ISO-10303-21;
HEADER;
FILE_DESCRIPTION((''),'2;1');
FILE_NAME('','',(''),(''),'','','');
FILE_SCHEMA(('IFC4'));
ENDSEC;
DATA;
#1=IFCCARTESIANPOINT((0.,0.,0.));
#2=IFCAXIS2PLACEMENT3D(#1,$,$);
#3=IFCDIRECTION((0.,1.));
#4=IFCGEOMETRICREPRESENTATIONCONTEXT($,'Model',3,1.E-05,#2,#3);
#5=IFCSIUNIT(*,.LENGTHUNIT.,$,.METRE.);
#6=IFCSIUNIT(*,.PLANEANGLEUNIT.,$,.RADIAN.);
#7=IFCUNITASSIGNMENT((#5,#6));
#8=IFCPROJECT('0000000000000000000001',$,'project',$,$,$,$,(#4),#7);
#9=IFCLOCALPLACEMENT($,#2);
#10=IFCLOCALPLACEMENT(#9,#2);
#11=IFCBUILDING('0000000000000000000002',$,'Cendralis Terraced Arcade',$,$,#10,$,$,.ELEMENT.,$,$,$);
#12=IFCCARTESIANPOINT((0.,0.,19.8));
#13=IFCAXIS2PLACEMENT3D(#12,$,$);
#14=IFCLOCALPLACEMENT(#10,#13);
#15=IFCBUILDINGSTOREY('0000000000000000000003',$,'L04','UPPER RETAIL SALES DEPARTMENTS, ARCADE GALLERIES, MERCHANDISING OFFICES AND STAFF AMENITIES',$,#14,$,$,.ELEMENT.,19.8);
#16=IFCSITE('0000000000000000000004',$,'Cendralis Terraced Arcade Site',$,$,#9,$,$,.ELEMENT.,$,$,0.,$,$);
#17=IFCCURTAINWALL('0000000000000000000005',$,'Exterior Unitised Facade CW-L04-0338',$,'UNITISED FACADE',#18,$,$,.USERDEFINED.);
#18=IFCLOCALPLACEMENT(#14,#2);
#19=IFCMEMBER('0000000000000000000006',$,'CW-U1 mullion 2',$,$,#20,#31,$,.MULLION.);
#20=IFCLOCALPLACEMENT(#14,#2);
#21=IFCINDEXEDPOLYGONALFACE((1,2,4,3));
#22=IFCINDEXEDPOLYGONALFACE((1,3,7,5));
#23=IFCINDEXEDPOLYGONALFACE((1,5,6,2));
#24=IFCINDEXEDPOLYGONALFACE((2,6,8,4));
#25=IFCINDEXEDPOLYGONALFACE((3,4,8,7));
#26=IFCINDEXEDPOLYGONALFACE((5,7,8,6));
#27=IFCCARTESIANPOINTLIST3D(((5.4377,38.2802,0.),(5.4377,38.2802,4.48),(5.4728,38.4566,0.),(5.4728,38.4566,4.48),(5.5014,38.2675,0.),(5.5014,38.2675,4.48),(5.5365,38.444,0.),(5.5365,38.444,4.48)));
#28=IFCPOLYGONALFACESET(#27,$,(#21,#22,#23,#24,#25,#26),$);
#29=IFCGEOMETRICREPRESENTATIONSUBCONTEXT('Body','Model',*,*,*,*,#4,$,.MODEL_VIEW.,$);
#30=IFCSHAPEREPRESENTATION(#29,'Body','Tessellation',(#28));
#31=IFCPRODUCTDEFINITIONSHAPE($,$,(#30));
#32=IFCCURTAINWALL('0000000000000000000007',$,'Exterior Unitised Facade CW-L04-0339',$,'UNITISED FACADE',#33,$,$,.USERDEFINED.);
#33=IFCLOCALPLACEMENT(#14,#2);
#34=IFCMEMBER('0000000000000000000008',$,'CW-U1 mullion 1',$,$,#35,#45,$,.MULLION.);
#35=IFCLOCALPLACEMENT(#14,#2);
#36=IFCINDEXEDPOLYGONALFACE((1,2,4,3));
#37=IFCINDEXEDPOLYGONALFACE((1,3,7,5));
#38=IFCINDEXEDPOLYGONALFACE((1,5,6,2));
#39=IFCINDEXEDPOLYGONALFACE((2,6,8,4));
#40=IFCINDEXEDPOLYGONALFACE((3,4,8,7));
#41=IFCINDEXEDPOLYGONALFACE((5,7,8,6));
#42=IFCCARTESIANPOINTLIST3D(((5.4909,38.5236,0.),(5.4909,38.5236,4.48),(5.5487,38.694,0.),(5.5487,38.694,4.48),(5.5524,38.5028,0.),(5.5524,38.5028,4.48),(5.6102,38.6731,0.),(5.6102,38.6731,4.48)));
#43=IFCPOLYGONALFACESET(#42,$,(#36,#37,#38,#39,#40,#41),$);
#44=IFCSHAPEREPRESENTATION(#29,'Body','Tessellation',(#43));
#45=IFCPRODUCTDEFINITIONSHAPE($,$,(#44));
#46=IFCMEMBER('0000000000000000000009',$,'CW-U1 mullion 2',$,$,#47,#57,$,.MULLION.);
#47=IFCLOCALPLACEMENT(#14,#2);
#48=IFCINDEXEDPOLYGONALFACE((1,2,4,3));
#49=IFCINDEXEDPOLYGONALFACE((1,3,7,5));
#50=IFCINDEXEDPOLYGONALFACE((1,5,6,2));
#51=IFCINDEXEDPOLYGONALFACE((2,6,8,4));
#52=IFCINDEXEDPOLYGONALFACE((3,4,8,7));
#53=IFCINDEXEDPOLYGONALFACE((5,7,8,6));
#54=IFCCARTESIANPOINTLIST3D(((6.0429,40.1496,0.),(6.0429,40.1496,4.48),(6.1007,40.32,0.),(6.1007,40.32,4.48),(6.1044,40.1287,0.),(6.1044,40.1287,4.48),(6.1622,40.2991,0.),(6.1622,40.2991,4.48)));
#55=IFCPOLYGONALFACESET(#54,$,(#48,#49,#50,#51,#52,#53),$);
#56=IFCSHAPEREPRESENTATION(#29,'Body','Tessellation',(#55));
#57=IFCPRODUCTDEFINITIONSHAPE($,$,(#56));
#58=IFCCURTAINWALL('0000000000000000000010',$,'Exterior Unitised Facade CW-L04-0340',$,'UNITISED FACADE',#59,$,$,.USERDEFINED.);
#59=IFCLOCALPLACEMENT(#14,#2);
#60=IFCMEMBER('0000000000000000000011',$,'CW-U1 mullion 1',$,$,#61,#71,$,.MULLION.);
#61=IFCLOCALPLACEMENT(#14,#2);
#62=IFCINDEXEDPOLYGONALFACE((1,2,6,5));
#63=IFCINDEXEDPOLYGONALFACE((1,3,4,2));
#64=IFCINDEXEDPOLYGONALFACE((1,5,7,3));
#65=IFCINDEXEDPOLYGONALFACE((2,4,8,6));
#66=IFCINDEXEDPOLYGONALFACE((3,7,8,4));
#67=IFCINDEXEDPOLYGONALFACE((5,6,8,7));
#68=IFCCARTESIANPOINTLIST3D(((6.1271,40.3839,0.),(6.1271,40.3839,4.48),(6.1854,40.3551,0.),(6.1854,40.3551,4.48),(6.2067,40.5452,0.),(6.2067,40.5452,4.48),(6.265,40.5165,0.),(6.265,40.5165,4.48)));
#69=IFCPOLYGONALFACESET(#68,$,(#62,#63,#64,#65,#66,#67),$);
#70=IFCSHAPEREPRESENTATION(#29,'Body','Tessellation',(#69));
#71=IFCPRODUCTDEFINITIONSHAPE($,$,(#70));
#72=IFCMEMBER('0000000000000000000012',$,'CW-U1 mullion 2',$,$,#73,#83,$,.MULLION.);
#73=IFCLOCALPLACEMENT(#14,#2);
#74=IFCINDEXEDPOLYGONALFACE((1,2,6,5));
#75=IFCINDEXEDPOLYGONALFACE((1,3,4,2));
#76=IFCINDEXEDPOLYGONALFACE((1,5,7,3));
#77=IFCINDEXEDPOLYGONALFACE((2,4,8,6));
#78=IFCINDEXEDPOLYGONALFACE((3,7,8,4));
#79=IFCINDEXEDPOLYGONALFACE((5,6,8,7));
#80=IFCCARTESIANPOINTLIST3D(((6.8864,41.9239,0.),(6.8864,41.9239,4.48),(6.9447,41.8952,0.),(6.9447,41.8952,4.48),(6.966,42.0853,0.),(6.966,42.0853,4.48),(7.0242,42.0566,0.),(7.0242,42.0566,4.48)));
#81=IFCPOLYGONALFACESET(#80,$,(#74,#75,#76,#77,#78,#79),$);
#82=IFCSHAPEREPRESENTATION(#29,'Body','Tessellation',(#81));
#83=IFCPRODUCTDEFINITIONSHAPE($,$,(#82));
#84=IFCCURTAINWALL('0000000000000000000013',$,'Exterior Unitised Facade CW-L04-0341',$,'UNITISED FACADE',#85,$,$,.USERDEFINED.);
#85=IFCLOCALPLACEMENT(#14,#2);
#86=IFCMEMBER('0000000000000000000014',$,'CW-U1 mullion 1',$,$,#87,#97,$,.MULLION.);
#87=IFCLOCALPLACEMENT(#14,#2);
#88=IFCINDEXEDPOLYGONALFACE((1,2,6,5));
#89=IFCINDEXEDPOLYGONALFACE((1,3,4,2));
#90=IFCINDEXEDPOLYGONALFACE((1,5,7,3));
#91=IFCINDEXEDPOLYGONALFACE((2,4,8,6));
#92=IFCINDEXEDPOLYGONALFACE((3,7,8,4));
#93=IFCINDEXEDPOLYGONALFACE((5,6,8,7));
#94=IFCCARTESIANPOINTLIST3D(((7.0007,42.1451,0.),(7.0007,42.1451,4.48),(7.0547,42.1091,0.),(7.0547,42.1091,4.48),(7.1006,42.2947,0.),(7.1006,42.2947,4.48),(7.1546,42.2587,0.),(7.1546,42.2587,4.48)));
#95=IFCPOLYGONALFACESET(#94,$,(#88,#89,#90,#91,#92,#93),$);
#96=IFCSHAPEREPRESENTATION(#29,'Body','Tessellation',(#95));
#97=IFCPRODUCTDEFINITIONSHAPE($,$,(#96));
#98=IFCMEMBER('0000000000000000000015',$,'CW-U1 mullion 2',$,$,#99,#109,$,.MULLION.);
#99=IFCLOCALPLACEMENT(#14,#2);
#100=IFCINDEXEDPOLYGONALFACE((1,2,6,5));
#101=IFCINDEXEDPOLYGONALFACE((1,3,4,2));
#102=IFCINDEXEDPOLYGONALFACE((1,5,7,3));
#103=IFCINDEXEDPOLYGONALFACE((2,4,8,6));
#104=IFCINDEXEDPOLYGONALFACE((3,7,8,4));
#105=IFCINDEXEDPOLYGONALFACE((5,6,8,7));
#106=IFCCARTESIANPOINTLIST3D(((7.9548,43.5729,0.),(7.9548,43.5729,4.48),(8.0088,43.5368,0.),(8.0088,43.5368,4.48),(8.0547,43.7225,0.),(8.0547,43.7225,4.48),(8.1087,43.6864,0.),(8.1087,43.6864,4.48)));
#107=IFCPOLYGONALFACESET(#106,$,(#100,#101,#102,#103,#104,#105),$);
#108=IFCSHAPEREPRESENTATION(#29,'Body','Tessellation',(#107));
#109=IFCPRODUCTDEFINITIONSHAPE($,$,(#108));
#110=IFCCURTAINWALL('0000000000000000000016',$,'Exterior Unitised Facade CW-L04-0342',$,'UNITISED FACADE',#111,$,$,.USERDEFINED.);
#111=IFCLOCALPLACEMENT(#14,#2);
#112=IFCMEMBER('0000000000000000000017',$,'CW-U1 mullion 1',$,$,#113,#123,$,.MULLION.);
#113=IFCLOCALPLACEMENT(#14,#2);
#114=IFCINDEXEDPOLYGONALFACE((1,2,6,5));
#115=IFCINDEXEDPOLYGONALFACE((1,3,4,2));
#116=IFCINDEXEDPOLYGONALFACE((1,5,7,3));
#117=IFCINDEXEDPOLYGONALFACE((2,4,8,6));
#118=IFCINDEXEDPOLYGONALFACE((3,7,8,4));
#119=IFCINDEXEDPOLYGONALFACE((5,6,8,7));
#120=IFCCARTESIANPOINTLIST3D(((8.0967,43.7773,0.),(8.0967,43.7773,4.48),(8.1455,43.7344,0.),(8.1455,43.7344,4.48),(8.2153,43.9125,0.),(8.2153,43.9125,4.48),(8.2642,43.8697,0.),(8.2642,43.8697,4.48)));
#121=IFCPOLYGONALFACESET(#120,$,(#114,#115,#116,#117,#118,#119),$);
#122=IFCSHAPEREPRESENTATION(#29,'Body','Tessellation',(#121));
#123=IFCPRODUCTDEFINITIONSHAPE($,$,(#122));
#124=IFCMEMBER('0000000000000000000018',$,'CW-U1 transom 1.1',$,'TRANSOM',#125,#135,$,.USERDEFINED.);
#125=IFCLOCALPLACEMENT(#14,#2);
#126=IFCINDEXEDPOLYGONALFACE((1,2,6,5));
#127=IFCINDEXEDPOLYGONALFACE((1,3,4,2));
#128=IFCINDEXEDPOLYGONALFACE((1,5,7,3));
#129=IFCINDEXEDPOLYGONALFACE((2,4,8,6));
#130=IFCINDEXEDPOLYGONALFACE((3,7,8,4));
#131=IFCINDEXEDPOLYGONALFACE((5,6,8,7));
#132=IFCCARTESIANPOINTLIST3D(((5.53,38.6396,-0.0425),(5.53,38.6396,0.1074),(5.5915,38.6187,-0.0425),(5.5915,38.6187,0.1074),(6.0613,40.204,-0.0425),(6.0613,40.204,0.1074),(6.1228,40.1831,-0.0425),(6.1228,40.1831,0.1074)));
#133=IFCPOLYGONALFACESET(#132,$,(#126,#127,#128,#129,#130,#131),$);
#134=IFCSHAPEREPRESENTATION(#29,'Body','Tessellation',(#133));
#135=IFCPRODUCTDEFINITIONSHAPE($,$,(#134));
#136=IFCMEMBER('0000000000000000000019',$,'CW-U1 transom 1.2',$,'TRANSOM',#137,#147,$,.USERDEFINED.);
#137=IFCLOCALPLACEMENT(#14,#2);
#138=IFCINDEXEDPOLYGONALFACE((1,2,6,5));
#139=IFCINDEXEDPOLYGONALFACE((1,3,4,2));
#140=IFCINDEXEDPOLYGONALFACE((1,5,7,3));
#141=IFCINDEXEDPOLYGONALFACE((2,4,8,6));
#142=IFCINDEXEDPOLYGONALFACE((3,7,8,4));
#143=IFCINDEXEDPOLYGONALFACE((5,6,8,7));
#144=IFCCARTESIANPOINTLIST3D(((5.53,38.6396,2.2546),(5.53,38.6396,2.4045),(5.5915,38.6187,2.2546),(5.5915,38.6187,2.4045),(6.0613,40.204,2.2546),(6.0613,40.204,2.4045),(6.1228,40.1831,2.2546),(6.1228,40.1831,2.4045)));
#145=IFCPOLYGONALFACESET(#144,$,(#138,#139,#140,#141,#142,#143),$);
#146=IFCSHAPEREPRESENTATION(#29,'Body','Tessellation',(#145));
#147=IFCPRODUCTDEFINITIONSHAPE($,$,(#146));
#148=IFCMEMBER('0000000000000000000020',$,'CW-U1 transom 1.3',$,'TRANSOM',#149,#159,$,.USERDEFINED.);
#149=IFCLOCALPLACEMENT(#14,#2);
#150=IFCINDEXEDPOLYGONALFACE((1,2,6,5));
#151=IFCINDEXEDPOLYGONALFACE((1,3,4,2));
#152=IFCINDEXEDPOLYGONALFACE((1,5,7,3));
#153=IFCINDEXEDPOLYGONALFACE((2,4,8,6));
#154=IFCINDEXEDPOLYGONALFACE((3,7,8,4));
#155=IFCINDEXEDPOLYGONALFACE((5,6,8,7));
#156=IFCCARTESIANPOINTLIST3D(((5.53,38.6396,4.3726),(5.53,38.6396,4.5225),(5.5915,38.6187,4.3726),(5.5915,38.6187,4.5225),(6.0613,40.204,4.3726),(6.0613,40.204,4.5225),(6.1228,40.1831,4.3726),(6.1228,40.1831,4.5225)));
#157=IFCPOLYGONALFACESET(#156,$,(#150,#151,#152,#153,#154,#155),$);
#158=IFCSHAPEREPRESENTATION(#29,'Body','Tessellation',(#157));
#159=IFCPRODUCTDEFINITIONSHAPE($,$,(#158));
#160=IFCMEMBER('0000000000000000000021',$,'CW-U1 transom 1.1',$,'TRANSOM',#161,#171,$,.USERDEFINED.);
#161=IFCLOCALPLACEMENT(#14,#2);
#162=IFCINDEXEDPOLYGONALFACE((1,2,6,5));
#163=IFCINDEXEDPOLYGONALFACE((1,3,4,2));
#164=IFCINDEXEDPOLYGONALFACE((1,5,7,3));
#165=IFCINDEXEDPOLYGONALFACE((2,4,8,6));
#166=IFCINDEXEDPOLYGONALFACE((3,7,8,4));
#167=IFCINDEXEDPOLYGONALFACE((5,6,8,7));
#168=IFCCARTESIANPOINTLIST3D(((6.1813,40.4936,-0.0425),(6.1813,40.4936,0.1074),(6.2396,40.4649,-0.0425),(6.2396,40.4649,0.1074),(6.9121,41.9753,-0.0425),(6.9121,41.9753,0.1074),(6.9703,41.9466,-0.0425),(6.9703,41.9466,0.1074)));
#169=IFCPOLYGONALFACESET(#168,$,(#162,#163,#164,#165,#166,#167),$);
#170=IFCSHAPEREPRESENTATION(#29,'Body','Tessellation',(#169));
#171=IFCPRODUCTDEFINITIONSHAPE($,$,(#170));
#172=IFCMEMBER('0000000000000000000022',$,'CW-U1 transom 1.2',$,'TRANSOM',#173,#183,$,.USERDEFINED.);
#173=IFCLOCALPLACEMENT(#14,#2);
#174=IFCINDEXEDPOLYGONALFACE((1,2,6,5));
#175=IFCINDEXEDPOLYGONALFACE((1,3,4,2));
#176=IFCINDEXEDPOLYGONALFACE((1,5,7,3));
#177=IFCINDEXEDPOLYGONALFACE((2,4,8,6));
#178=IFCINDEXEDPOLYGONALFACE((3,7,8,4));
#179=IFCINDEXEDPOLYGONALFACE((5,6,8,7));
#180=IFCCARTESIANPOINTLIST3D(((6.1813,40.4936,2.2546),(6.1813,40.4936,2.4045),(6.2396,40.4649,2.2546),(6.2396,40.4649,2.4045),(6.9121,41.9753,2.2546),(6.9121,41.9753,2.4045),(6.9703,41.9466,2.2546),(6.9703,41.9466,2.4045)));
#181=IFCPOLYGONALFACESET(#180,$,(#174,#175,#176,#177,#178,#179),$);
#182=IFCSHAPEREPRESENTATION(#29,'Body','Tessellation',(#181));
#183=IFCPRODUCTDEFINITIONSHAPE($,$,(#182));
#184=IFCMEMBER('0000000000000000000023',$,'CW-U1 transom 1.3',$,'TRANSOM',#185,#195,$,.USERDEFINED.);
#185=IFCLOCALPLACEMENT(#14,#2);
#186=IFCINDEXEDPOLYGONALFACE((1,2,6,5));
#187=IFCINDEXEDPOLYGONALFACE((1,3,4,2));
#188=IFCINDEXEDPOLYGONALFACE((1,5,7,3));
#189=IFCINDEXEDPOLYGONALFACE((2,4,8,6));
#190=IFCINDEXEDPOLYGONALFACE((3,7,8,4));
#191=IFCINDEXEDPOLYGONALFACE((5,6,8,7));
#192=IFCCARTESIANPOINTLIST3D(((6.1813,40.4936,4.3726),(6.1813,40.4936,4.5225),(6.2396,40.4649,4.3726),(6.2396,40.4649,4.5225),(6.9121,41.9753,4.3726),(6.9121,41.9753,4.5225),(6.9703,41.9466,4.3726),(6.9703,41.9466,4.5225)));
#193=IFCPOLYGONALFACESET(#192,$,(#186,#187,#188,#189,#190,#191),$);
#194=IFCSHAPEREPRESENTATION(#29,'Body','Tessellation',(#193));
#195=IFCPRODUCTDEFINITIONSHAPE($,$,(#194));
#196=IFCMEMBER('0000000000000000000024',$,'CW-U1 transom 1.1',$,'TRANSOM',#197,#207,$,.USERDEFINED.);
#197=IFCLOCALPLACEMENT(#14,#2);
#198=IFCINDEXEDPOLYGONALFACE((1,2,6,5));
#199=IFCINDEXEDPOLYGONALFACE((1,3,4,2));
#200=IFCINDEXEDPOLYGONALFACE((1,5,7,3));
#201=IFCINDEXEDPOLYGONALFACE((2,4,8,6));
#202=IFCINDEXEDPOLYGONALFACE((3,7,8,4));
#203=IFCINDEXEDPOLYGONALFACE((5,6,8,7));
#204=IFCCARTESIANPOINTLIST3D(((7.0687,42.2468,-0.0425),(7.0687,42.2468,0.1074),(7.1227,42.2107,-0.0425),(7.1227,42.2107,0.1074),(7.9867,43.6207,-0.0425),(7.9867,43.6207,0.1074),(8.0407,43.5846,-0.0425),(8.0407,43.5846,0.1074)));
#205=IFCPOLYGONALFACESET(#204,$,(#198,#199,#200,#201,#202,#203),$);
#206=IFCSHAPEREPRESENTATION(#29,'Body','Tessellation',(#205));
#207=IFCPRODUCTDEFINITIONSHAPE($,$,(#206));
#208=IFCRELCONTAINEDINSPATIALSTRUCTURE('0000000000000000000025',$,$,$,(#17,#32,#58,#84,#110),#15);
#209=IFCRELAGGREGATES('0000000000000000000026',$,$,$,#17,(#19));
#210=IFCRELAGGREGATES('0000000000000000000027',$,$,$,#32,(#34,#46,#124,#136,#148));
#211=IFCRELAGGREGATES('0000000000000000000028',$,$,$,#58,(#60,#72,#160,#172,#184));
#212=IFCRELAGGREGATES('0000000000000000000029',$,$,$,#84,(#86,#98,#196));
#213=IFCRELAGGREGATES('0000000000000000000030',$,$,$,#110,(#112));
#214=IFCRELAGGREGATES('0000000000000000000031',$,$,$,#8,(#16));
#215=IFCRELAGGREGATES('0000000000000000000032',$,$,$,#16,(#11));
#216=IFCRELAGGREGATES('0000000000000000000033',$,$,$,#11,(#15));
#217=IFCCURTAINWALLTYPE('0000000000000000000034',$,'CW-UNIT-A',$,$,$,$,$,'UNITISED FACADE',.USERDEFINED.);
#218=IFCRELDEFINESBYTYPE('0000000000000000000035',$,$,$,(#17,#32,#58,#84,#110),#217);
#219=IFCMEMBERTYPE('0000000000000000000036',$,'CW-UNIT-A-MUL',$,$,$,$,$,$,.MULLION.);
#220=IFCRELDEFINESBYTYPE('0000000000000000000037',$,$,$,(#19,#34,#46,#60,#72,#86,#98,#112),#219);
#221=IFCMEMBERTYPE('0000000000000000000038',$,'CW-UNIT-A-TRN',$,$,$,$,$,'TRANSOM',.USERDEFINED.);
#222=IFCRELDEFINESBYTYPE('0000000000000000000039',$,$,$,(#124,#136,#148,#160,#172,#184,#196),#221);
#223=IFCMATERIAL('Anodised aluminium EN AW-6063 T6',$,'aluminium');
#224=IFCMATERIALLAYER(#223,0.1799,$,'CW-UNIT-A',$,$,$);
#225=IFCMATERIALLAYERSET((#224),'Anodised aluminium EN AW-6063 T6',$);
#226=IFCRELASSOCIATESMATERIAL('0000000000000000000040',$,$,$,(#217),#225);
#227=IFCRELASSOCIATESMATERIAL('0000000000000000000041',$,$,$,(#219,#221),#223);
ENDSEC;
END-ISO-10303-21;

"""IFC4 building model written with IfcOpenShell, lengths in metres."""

from ifc_helpers import new_model, si_unit, direction, frame, origin, origin_2d, place, context, subcontext, project, spatial, rectangle, extrude, material, layer, layer_set, material_profile, profile_set, type_object, element, aggregate, save


model = new_model("IFC4")

# Units and contexts
model_context = context("Model", 3, precision=1e-05, world=origin(), true_north=direction((0.0, 1.0)))
body_context = subcontext(model_context, "Body", "Model", "MODEL_VIEW")
ifc_project = project(units=[si_unit("LENGTHUNIT", "METRE"), si_unit("PLANEANGLEUNIT", "RADIAN")], contexts=[model_context])

# Site, building, storey
site_placement = place(None, origin())
site = spatial("IfcSite", under=ifc_project, at=site_placement, Name="Cendralis Terraced Arcade Site", CompositionType="ELEMENT", RefElevation=0.0)
building_placement = place(site_placement, origin())
building = spatial("IfcBuilding", under=site, at=building_placement, Name="Cendralis Terraced Arcade", CompositionType="ELEMENT")
storey_placement = place(building_placement, frame((0.0, 0.0, 19.8)))
storey = spatial("IfcBuildingStorey", under=building, at=storey_placement, Name="L04", Description="UPPER RETAIL SALES DEPARTMENTS, ARCADE GALLERIES, MERCHANDISING OFFICES AND STAFF AMENITIES", CompositionType="ELEMENT", Elevation=19.8)

# Curtain wall, member
ifc_material_1 = material(Name="Anodised aluminium EN AW-6063 T6", Category="aluminium")
ifc_layer_1 = layer(ifc_material_1, 0.1799, Name="CW-UNIT-A")
ifc_layer_set_1 = layer_set([ifc_layer_1], Name="Anodised aluminium EN AW-6063 T6")
curtain_wall_type = type_object("IfcCurtainWallType", Name="CW-UNIT-A", ElementType="UNITISED FACADE", PredefinedType="USERDEFINED", material=ifc_layer_set_1)
curtain_wall_1_placement = place(storey_placement, origin())
curtain_wall_1 = element("IfcCurtainWall", 1, at=curtain_wall_1_placement, inside=storey, type_object=curtain_wall_type, Name="Exterior Unitised Facade CW-L04-0338", ObjectType="UNITISED FACADE", PredefinedType="USERDEFINED")
ifc_material_profile_1 = material_profile(ifc_material_1, rectangle(XDim=0.0649, YDim=0.1799, at=origin_2d()), Name="ALU-MUL-65x180")
ifc_profile_set_1 = profile_set([ifc_material_profile_1], Name="Anodised aluminium EN AW-6063 T6")
member_type_1 = type_object("IfcMemberType", Name="CW-UNIT-A-MUL", PredefinedType="MULLION", material=ifc_profile_set_1)
member_1_placement = place(storey_placement, frame((5.4871, 38.3621, 0.0), z_axis=(0.0, 0.0, 1.0), x_axis=(-0.980792, 0.195058, 0.0)))
member_1 = element("IfcMember", 2, at=member_1_placement, type_object=member_type_1, Name="CW-U1 mullion 2", PredefinedType="MULLION", context=body_context, shape_type="SweptSolid", body=[
    extrude(rectangle(XDim=0.0649, YDim=0.1799, at=origin_2d()), origin(), (0.0, 0.0, 1.0), 4.48),
])

# Curtain walls, members
curtain_wall_2_placement = place(storey_placement, origin())
curtain_wall_2 = element("IfcCurtainWall", 3, at=curtain_wall_2_placement, inside=storey, type_object=curtain_wall_type, Name="Exterior Unitised Facade CW-L04-0339", ObjectType="UNITISED FACADE", PredefinedType="USERDEFINED")
member_2_placement = place(storey_placement, frame((5.5505, 38.5984, 0.0), z_axis=(0.0, 0.0, 1.0), x_axis=(-0.946924, 0.321458, 0.0)))
member_2 = element("IfcMember", 4, at=member_2_placement, type_object=member_type_1, Name="CW-U1 mullion 1", PredefinedType="MULLION", context=body_context, shape_type="SweptSolid", body=[
    extrude(rectangle(XDim=0.0649, YDim=0.1799, at=origin_2d()), origin(), (0.0, 0.0, 1.0), 4.48),
])
member_3_placement = place(storey_placement, frame((6.1025, 40.2244, 0.0), z_axis=(0.0, 0.0, 1.0), x_axis=(-0.946924, 0.321458, 0.0)))
member_3 = element("IfcMember", 5, at=member_3_placement, type_object=member_type_1, Name="CW-U1 mullion 2", PredefinedType="MULLION", context=body_context, shape_type="SweptSolid", body=[
    extrude(rectangle(XDim=0.0649, YDim=0.1799, at=origin_2d()), origin(), (0.0, 0.0, 1.0), 4.48),
])
curtain_wall_3_placement = place(storey_placement, origin())
curtain_wall_3 = element("IfcCurtainWall", 6, at=curtain_wall_3_placement, inside=storey, type_object=curtain_wall_type, Name="Exterior Unitised Facade CW-L04-0340", ObjectType="UNITISED FACADE", PredefinedType="USERDEFINED")
member_4_placement = place(storey_placement, frame((6.196, 40.4502, 0.0), z_axis=(0.0, 0.0, 1.0), x_axis=(-0.896871, 0.442291, 0.0)))
member_4 = element("IfcMember", 7, at=member_4_placement, type_object=member_type_1, Name="CW-U1 mullion 1", PredefinedType="MULLION", context=body_context, shape_type="SweptSolid", body=[
    extrude(rectangle(XDim=0.0649, YDim=0.1799, at=origin_2d()), origin(), (0.0, 0.0, 1.0), 4.48),
])
member_5_placement = place(storey_placement, frame((6.9553, 41.9902, 0.0), z_axis=(0.0, 0.0, 1.0), x_axis=(-0.896871, 0.442291, 0.0)))
member_5 = element("IfcMember", 8, at=member_5_placement, type_object=member_type_1, Name="CW-U1 mullion 2", PredefinedType="MULLION", context=body_context, shape_type="SweptSolid", body=[
    extrude(rectangle(XDim=0.0649, YDim=0.1799, at=origin_2d()), origin(), (0.0, 0.0, 1.0), 4.48),
])
curtain_wall_4_placement = place(storey_placement, origin())
curtain_wall_4 = element("IfcCurtainWall", 9, at=curtain_wall_4_placement, inside=storey, type_object=curtain_wall_type, Name="Exterior Unitised Facade CW-L04-0341", ObjectType="UNITISED FACADE", PredefinedType="USERDEFINED")
member_6_placement = place(storey_placement, frame((7.0776, 42.2019, 0.0), z_axis=(0.0, 0.0, 1.0), x_axis=(-0.831471, 0.555567, 0.0)))
member_6 = element("IfcMember", 10, at=member_6_placement, type_object=member_type_1, Name="CW-U1 mullion 1", PredefinedType="MULLION", context=body_context, shape_type="SweptSolid", body=[
    extrude(rectangle(XDim=0.0649, YDim=0.1799, at=origin_2d()), origin(), (0.0, 0.0, 1.0), 4.48),
])
member_7_placement = place(storey_placement, frame((8.0317, 43.6296, 0.0), z_axis=(0.0, 0.0, 1.0), x_axis=(-0.831471, 0.555567, 0.0)))
member_7 = element("IfcMember", 11, at=member_7_placement, type_object=member_type_1, Name="CW-U1 mullion 2", PredefinedType="MULLION", context=body_context, shape_type="SweptSolid", body=[
    extrude(rectangle(XDim=0.0649, YDim=0.1799, at=origin_2d()), origin(), (0.0, 0.0, 1.0), 4.48),
])

# Curtain wall, member
curtain_wall_5_placement = place(storey_placement, origin())
curtain_wall_5 = element("IfcCurtainWall", 12, at=curtain_wall_5_placement, inside=storey, type_object=curtain_wall_type, Name="Exterior Unitised Facade CW-L04-0342", ObjectType="UNITISED FACADE", PredefinedType="USERDEFINED")
member_8_placement = place(storey_placement, frame((8.1804, 43.8235, 0.0), z_axis=(0.0, 0.0, 1.0), x_axis=(-0.751804, 0.659386, 0.0)))
member_8 = element("IfcMember", 13, at=member_8_placement, type_object=member_type_1, Name="CW-U1 mullion 1", PredefinedType="MULLION", context=body_context, shape_type="SweptSolid", body=[
    extrude(rectangle(XDim=0.0649, YDim=0.1799, at=origin_2d()), origin(), (0.0, 0.0, 1.0), 4.48),
])

# Members
ifc_material_profile_2 = material_profile(ifc_material_1, rectangle(XDim=0.0649, YDim=0.1499, at=origin_2d()), Name="ALU-TRN-65x150")
ifc_profile_set_2 = profile_set([ifc_material_profile_2], Name="Anodised aluminium EN AW-6063 T6")
member_type_2 = type_object("IfcMemberType", Name="CW-UNIT-A-TRN", ElementType="TRANSOM", PredefinedType="USERDEFINED", material=ifc_profile_set_2)
member_9_placement = place(storey_placement, frame((5.5608, 38.6292, 0.0325), z_axis=(0.321542, 0.946895, 0.0), x_axis=(-0.946895, 0.321542, 0.0)))
member_9 = element("IfcMember", 14, at=member_9_placement, type_object=member_type_2, Name="CW-U1 transom 1.1", ObjectType="TRANSOM", PredefinedType="USERDEFINED", context=body_context, shape_type="SweptSolid", body=[
    extrude(rectangle(XDim=0.0649, YDim=0.1499, at=origin_2d()), origin(), (0.0, 0.0, 1.0), 1.6521),
])
member_10_placement = place(storey_placement, frame((5.5608, 38.6292, 2.3296), z_axis=(0.321542, 0.946895, 0.0), x_axis=(-0.946895, 0.321542, 0.0)))
member_10 = element("IfcMember", 15, at=member_10_placement, type_object=member_type_2, Name="CW-U1 transom 1.2", ObjectType="TRANSOM", PredefinedType="USERDEFINED", context=body_context, shape_type="SweptSolid", body=[
    extrude(rectangle(XDim=0.0649, YDim=0.1499, at=origin_2d()), origin(), (0.0, 0.0, 1.0), 1.6521),
])
member_11_placement = place(storey_placement, frame((5.5608, 38.6292, 4.4475), z_axis=(0.321542, 0.946895, 0.0), x_axis=(-0.946895, 0.321542, 0.0)))
member_11 = element("IfcMember", 16, at=member_11_placement, type_object=member_type_2, Name="CW-U1 transom 1.3", ObjectType="TRANSOM", PredefinedType="USERDEFINED", context=body_context, shape_type="SweptSolid", body=[
    extrude(rectangle(XDim=0.0649, YDim=0.1499, at=origin_2d()), origin(), (0.0, 0.0, 1.0), 1.6521),
])
member_12_placement = place(storey_placement, frame((6.2104, 40.4792, 0.0325), z_axis=(0.442301, 0.896867, 0.0), x_axis=(-0.896867, 0.442301, 0.0)))
member_12 = element("IfcMember", 17, at=member_12_placement, type_object=member_type_2, Name="CW-U1 transom 1.1", ObjectType="TRANSOM", PredefinedType="USERDEFINED", context=body_context, shape_type="SweptSolid", body=[
    extrude(rectangle(XDim=0.0649, YDim=0.1499, at=origin_2d()), origin(), (0.0, 0.0, 1.0), 1.6521),
])
member_13_placement = place(storey_placement, frame((6.2104, 40.4792, 2.3296), z_axis=(0.442301, 0.896867, 0.0), x_axis=(-0.896867, 0.442301, 0.0)))
member_13 = element("IfcMember", 18, at=member_13_placement, type_object=member_type_2, Name="CW-U1 transom 1.2", ObjectType="TRANSOM", PredefinedType="USERDEFINED", context=body_context, shape_type="SweptSolid", body=[
    extrude(rectangle(XDim=0.0649, YDim=0.1499, at=origin_2d()), origin(), (0.0, 0.0, 1.0), 1.6521),
])
member_14_placement = place(storey_placement, frame((6.2104, 40.4792, 4.4475), z_axis=(0.442301, 0.896867, 0.0), x_axis=(-0.896867, 0.442301, 0.0)))
member_14 = element("IfcMember", 19, at=member_14_placement, type_object=member_type_2, Name="CW-U1 transom 1.3", ObjectType="TRANSOM", PredefinedType="USERDEFINED", context=body_context, shape_type="SweptSolid", body=[
    extrude(rectangle(XDim=0.0649, YDim=0.1499, at=origin_2d()), origin(), (0.0, 0.0, 1.0), 1.6521),
])
member_15_placement = place(storey_placement, frame((7.0957, 42.2288, 0.0325), z_axis=(0.555586, 0.831459, 0.0), x_axis=(-0.831459, 0.555586, 0.0)))
member_15 = element("IfcMember", 20, at=member_15_placement, type_object=member_type_2, Name="CW-U1 transom 1.1", ObjectType="TRANSOM", PredefinedType="USERDEFINED", context=body_context, shape_type="SweptSolid", body=[
    extrude(rectangle(XDim=0.0649, YDim=0.1499, at=origin_2d()), origin(), (0.0, 0.0, 1.0), 1.6523),
])

aggregate(curtain_wall_1, [member_1])
aggregate(curtain_wall_2, [member_2, member_3, member_9, member_10, member_11])
aggregate(curtain_wall_3, [member_4, member_5, member_12, member_13, member_14])
aggregate(curtain_wall_4, [member_6, member_7, member_15])
aggregate(curtain_wall_5, [member_8])

save(model, "model.ifc")
